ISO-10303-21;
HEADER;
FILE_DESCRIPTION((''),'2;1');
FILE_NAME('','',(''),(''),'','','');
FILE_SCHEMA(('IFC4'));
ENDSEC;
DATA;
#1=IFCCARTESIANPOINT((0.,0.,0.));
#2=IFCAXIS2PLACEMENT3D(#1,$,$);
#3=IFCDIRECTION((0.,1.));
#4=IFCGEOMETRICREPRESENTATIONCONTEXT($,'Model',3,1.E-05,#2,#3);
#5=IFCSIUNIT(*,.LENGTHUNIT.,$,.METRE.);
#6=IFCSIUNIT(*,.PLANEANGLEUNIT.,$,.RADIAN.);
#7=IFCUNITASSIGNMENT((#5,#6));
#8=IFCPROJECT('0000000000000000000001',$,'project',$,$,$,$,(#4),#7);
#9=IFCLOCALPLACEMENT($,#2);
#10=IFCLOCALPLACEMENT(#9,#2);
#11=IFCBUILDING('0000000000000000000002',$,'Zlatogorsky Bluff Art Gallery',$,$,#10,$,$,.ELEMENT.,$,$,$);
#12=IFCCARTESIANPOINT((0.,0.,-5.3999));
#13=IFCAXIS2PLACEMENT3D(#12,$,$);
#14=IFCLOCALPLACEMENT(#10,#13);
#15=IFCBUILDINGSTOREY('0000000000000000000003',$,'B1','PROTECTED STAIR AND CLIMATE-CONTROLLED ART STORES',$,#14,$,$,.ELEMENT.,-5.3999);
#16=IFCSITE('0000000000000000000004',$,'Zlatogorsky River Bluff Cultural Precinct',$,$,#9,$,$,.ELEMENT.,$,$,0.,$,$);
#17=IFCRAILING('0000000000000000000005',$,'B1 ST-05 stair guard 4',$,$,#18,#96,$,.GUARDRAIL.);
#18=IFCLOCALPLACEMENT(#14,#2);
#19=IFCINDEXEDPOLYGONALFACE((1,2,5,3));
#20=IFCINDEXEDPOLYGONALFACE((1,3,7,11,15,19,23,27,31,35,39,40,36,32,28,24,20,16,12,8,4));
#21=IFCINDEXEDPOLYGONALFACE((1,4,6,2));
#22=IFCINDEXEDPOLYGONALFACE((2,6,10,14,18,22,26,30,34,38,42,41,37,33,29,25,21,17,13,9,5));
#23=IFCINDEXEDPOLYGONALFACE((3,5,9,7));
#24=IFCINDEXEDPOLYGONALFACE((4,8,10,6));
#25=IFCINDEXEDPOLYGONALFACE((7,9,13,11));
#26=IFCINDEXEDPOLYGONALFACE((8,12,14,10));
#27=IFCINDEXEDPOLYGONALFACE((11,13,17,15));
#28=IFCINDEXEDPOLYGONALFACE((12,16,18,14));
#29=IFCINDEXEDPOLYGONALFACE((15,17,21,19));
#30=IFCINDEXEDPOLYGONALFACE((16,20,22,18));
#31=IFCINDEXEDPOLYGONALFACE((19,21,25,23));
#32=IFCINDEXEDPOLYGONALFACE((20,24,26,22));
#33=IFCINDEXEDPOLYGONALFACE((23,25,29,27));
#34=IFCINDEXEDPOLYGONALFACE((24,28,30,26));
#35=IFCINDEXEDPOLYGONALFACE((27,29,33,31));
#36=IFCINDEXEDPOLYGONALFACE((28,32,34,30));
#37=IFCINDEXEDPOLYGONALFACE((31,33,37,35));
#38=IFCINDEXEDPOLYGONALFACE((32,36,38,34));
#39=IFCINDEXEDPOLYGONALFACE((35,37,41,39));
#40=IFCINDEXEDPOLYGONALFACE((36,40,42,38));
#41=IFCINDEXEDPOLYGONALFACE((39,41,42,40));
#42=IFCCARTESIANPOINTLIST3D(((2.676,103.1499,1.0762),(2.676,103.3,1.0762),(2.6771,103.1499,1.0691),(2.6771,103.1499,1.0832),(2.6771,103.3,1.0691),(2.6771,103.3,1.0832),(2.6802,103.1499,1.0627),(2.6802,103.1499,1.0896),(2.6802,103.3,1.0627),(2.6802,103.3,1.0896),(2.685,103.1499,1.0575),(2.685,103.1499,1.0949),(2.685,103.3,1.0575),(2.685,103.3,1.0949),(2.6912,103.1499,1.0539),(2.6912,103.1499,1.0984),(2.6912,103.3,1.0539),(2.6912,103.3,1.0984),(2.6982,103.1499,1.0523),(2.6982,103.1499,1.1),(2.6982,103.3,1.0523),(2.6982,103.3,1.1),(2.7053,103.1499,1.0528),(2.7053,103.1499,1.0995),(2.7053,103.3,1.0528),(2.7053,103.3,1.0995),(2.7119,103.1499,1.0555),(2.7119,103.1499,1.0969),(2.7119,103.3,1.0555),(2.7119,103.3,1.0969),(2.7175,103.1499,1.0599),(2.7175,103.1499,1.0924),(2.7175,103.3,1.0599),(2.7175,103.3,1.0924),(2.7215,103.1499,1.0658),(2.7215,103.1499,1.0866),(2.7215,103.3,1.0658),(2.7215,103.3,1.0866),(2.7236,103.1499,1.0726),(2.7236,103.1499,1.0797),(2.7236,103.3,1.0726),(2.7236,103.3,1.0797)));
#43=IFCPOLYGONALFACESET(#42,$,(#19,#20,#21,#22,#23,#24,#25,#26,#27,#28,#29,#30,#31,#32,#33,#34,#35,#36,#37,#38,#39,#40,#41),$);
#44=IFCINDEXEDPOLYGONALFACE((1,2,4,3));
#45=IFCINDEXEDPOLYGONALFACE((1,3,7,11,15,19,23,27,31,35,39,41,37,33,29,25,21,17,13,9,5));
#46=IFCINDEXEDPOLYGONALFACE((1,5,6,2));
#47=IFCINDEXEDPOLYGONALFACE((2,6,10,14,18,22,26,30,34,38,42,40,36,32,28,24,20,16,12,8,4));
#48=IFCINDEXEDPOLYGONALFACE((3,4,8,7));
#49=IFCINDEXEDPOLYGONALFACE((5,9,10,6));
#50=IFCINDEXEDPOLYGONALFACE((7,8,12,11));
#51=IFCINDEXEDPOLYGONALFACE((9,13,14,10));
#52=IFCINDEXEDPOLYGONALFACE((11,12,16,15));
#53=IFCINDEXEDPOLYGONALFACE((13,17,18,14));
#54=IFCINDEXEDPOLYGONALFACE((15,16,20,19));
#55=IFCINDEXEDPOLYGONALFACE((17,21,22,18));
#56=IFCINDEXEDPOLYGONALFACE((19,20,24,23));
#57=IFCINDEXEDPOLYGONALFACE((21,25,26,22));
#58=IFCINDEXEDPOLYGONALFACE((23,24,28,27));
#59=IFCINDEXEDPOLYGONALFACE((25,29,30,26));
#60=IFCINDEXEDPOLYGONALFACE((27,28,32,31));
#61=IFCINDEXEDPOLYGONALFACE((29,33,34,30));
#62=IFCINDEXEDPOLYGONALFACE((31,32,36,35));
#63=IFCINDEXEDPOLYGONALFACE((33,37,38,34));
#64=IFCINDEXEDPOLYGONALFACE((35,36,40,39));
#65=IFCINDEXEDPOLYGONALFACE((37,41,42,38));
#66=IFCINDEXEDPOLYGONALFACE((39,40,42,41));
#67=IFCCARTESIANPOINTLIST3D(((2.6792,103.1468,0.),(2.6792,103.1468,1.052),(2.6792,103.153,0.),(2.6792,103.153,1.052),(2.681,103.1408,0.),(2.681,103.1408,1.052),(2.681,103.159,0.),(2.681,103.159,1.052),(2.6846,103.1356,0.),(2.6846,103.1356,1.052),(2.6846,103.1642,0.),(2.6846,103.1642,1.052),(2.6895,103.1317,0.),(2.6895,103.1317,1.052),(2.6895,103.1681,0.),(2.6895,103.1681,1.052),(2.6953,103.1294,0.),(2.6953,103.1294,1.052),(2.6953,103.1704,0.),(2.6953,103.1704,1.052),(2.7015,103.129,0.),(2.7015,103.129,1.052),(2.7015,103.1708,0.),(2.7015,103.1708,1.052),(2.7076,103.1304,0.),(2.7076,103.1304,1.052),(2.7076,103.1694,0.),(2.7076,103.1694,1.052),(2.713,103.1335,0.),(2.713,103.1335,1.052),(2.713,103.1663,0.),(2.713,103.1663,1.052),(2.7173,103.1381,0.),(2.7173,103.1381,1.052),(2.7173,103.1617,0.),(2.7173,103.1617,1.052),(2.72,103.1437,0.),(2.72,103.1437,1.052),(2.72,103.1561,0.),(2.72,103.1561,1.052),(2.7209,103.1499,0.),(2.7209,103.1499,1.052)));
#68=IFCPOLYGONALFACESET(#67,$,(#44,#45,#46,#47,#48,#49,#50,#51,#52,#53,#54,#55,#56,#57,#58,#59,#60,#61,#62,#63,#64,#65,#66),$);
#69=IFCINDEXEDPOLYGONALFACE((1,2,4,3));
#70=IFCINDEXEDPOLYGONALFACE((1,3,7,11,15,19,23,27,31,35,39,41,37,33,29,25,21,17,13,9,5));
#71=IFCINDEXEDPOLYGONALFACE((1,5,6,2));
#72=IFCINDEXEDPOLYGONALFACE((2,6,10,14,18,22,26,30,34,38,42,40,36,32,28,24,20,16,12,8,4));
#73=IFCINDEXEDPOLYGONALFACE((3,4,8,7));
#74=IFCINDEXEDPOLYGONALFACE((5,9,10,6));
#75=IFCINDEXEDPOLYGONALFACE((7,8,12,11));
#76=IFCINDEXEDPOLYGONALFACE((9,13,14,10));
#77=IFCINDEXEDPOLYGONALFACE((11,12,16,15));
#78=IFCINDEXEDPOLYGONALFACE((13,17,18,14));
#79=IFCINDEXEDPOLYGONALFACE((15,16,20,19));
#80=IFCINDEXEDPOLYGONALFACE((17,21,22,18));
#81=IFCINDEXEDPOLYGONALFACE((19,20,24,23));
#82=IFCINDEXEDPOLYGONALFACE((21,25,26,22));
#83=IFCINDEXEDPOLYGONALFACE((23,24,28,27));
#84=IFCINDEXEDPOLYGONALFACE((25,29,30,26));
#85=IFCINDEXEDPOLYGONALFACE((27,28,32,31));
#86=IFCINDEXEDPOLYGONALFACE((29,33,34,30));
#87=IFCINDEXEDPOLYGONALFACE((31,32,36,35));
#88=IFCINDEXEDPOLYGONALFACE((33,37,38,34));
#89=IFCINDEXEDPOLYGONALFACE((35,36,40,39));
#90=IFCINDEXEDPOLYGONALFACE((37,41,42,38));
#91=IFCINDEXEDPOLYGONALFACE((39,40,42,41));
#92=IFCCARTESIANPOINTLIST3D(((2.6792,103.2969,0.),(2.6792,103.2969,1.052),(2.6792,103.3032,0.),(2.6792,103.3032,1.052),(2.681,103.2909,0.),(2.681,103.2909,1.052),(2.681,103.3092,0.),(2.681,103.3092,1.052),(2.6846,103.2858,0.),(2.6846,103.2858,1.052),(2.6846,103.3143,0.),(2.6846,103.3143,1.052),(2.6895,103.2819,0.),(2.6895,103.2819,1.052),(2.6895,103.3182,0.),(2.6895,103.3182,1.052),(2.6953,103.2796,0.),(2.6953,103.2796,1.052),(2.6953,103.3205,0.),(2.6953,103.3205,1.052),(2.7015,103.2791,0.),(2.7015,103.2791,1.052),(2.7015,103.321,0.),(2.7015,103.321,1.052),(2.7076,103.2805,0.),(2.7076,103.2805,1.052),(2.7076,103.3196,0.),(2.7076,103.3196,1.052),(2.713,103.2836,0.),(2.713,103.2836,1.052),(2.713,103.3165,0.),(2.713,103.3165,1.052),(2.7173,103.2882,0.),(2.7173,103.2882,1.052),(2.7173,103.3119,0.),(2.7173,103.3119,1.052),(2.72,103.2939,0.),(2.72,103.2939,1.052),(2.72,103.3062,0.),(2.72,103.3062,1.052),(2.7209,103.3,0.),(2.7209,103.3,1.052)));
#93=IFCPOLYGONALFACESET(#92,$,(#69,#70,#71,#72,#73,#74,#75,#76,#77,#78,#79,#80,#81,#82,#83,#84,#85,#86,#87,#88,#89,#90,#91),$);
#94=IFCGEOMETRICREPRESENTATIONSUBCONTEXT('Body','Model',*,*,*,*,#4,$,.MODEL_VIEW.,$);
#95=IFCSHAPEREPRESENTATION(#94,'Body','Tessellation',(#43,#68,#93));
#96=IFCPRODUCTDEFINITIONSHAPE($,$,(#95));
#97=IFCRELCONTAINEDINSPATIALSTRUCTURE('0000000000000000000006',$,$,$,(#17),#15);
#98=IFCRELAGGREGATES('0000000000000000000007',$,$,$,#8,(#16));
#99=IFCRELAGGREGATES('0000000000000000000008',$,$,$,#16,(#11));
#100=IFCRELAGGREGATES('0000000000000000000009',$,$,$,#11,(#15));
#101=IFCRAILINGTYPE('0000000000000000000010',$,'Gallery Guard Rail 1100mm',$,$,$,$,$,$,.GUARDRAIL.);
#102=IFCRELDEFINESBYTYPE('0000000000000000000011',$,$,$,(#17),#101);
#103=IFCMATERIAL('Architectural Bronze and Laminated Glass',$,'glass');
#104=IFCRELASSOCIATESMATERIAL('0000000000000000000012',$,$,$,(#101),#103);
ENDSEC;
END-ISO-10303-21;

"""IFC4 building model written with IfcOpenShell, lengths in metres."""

from ifc_helpers import new_model, si_unit, direction, frame, origin, origin_2d, place, context, subcontext, project, spatial, circle, extrude, material, type_object, element, save


model = new_model("IFC4")

# Units and contexts
model_context = context("Model", 3, precision=1e-05, world=origin(), true_north=direction((0.0, 1.0)))
body_context = subcontext(model_context, "Body", "Model", "MODEL_VIEW")
ifc_project = project(units=[si_unit("LENGTHUNIT", "METRE"), si_unit("PLANEANGLEUNIT", "RADIAN")], contexts=[model_context])

# Site, building, storey
site_placement = place(None, origin())
site = spatial("IfcSite", under=ifc_project, at=site_placement, Name="Zlatogorsky River Bluff Cultural Precinct", CompositionType="ELEMENT", RefElevation=0.0)
building_placement = place(site_placement, origin())
building = spatial("IfcBuilding", under=site, at=building_placement, Name="Zlatogorsky Bluff Art Gallery", CompositionType="ELEMENT")
storey_placement = place(building_placement, frame((0.0, 0.0, -5.3999)))
storey = spatial("IfcBuildingStorey", under=building, at=storey_placement, Name="B1", Description="PROTECTED STAIR AND CLIMATE-CONTROLLED ART STORES", CompositionType="ELEMENT", Elevation=-5.3999)

# Railing
ifc_material_1 = material(Name="Architectural Bronze and Laminated Glass", Category="glass")
railing_type_1 = type_object("IfcRailingType", Name="Gallery Guard Rail 1100mm", PredefinedType="GUARDRAIL", material=ifc_material_1)
railing_1_placement = place(storey_placement, frame((2.7, 103.1499, 0.0)))
element("IfcRailing", 1, at=railing_1_placement, inside=storey, type_object=railing_type_1, Name="B1 ST-05 stair guard 4", PredefinedType="GUARDRAIL", context=body_context, shape_type="SweptSolid", body=[
    extrude(circle(Radius=0.0239, at=origin_2d()), frame((0.0, 0.0, 1.0762), z_axis=(0.0, 1.0, 0.0), x_axis=(-1.0, 0.0, 0.0)), (0.0, 0.0, 1.0), 0.1501),
    extrude(circle(Radius=0.021, at=origin_2d()), origin(), (0.0, 0.0, 1.0), 1.052),
    extrude(circle(Radius=0.021, at=origin_2d()), frame((0.0, 0.1501, 0.0)), (0.0, 0.0, 1.0), 1.052),
])

save(model, "model.ifc")
